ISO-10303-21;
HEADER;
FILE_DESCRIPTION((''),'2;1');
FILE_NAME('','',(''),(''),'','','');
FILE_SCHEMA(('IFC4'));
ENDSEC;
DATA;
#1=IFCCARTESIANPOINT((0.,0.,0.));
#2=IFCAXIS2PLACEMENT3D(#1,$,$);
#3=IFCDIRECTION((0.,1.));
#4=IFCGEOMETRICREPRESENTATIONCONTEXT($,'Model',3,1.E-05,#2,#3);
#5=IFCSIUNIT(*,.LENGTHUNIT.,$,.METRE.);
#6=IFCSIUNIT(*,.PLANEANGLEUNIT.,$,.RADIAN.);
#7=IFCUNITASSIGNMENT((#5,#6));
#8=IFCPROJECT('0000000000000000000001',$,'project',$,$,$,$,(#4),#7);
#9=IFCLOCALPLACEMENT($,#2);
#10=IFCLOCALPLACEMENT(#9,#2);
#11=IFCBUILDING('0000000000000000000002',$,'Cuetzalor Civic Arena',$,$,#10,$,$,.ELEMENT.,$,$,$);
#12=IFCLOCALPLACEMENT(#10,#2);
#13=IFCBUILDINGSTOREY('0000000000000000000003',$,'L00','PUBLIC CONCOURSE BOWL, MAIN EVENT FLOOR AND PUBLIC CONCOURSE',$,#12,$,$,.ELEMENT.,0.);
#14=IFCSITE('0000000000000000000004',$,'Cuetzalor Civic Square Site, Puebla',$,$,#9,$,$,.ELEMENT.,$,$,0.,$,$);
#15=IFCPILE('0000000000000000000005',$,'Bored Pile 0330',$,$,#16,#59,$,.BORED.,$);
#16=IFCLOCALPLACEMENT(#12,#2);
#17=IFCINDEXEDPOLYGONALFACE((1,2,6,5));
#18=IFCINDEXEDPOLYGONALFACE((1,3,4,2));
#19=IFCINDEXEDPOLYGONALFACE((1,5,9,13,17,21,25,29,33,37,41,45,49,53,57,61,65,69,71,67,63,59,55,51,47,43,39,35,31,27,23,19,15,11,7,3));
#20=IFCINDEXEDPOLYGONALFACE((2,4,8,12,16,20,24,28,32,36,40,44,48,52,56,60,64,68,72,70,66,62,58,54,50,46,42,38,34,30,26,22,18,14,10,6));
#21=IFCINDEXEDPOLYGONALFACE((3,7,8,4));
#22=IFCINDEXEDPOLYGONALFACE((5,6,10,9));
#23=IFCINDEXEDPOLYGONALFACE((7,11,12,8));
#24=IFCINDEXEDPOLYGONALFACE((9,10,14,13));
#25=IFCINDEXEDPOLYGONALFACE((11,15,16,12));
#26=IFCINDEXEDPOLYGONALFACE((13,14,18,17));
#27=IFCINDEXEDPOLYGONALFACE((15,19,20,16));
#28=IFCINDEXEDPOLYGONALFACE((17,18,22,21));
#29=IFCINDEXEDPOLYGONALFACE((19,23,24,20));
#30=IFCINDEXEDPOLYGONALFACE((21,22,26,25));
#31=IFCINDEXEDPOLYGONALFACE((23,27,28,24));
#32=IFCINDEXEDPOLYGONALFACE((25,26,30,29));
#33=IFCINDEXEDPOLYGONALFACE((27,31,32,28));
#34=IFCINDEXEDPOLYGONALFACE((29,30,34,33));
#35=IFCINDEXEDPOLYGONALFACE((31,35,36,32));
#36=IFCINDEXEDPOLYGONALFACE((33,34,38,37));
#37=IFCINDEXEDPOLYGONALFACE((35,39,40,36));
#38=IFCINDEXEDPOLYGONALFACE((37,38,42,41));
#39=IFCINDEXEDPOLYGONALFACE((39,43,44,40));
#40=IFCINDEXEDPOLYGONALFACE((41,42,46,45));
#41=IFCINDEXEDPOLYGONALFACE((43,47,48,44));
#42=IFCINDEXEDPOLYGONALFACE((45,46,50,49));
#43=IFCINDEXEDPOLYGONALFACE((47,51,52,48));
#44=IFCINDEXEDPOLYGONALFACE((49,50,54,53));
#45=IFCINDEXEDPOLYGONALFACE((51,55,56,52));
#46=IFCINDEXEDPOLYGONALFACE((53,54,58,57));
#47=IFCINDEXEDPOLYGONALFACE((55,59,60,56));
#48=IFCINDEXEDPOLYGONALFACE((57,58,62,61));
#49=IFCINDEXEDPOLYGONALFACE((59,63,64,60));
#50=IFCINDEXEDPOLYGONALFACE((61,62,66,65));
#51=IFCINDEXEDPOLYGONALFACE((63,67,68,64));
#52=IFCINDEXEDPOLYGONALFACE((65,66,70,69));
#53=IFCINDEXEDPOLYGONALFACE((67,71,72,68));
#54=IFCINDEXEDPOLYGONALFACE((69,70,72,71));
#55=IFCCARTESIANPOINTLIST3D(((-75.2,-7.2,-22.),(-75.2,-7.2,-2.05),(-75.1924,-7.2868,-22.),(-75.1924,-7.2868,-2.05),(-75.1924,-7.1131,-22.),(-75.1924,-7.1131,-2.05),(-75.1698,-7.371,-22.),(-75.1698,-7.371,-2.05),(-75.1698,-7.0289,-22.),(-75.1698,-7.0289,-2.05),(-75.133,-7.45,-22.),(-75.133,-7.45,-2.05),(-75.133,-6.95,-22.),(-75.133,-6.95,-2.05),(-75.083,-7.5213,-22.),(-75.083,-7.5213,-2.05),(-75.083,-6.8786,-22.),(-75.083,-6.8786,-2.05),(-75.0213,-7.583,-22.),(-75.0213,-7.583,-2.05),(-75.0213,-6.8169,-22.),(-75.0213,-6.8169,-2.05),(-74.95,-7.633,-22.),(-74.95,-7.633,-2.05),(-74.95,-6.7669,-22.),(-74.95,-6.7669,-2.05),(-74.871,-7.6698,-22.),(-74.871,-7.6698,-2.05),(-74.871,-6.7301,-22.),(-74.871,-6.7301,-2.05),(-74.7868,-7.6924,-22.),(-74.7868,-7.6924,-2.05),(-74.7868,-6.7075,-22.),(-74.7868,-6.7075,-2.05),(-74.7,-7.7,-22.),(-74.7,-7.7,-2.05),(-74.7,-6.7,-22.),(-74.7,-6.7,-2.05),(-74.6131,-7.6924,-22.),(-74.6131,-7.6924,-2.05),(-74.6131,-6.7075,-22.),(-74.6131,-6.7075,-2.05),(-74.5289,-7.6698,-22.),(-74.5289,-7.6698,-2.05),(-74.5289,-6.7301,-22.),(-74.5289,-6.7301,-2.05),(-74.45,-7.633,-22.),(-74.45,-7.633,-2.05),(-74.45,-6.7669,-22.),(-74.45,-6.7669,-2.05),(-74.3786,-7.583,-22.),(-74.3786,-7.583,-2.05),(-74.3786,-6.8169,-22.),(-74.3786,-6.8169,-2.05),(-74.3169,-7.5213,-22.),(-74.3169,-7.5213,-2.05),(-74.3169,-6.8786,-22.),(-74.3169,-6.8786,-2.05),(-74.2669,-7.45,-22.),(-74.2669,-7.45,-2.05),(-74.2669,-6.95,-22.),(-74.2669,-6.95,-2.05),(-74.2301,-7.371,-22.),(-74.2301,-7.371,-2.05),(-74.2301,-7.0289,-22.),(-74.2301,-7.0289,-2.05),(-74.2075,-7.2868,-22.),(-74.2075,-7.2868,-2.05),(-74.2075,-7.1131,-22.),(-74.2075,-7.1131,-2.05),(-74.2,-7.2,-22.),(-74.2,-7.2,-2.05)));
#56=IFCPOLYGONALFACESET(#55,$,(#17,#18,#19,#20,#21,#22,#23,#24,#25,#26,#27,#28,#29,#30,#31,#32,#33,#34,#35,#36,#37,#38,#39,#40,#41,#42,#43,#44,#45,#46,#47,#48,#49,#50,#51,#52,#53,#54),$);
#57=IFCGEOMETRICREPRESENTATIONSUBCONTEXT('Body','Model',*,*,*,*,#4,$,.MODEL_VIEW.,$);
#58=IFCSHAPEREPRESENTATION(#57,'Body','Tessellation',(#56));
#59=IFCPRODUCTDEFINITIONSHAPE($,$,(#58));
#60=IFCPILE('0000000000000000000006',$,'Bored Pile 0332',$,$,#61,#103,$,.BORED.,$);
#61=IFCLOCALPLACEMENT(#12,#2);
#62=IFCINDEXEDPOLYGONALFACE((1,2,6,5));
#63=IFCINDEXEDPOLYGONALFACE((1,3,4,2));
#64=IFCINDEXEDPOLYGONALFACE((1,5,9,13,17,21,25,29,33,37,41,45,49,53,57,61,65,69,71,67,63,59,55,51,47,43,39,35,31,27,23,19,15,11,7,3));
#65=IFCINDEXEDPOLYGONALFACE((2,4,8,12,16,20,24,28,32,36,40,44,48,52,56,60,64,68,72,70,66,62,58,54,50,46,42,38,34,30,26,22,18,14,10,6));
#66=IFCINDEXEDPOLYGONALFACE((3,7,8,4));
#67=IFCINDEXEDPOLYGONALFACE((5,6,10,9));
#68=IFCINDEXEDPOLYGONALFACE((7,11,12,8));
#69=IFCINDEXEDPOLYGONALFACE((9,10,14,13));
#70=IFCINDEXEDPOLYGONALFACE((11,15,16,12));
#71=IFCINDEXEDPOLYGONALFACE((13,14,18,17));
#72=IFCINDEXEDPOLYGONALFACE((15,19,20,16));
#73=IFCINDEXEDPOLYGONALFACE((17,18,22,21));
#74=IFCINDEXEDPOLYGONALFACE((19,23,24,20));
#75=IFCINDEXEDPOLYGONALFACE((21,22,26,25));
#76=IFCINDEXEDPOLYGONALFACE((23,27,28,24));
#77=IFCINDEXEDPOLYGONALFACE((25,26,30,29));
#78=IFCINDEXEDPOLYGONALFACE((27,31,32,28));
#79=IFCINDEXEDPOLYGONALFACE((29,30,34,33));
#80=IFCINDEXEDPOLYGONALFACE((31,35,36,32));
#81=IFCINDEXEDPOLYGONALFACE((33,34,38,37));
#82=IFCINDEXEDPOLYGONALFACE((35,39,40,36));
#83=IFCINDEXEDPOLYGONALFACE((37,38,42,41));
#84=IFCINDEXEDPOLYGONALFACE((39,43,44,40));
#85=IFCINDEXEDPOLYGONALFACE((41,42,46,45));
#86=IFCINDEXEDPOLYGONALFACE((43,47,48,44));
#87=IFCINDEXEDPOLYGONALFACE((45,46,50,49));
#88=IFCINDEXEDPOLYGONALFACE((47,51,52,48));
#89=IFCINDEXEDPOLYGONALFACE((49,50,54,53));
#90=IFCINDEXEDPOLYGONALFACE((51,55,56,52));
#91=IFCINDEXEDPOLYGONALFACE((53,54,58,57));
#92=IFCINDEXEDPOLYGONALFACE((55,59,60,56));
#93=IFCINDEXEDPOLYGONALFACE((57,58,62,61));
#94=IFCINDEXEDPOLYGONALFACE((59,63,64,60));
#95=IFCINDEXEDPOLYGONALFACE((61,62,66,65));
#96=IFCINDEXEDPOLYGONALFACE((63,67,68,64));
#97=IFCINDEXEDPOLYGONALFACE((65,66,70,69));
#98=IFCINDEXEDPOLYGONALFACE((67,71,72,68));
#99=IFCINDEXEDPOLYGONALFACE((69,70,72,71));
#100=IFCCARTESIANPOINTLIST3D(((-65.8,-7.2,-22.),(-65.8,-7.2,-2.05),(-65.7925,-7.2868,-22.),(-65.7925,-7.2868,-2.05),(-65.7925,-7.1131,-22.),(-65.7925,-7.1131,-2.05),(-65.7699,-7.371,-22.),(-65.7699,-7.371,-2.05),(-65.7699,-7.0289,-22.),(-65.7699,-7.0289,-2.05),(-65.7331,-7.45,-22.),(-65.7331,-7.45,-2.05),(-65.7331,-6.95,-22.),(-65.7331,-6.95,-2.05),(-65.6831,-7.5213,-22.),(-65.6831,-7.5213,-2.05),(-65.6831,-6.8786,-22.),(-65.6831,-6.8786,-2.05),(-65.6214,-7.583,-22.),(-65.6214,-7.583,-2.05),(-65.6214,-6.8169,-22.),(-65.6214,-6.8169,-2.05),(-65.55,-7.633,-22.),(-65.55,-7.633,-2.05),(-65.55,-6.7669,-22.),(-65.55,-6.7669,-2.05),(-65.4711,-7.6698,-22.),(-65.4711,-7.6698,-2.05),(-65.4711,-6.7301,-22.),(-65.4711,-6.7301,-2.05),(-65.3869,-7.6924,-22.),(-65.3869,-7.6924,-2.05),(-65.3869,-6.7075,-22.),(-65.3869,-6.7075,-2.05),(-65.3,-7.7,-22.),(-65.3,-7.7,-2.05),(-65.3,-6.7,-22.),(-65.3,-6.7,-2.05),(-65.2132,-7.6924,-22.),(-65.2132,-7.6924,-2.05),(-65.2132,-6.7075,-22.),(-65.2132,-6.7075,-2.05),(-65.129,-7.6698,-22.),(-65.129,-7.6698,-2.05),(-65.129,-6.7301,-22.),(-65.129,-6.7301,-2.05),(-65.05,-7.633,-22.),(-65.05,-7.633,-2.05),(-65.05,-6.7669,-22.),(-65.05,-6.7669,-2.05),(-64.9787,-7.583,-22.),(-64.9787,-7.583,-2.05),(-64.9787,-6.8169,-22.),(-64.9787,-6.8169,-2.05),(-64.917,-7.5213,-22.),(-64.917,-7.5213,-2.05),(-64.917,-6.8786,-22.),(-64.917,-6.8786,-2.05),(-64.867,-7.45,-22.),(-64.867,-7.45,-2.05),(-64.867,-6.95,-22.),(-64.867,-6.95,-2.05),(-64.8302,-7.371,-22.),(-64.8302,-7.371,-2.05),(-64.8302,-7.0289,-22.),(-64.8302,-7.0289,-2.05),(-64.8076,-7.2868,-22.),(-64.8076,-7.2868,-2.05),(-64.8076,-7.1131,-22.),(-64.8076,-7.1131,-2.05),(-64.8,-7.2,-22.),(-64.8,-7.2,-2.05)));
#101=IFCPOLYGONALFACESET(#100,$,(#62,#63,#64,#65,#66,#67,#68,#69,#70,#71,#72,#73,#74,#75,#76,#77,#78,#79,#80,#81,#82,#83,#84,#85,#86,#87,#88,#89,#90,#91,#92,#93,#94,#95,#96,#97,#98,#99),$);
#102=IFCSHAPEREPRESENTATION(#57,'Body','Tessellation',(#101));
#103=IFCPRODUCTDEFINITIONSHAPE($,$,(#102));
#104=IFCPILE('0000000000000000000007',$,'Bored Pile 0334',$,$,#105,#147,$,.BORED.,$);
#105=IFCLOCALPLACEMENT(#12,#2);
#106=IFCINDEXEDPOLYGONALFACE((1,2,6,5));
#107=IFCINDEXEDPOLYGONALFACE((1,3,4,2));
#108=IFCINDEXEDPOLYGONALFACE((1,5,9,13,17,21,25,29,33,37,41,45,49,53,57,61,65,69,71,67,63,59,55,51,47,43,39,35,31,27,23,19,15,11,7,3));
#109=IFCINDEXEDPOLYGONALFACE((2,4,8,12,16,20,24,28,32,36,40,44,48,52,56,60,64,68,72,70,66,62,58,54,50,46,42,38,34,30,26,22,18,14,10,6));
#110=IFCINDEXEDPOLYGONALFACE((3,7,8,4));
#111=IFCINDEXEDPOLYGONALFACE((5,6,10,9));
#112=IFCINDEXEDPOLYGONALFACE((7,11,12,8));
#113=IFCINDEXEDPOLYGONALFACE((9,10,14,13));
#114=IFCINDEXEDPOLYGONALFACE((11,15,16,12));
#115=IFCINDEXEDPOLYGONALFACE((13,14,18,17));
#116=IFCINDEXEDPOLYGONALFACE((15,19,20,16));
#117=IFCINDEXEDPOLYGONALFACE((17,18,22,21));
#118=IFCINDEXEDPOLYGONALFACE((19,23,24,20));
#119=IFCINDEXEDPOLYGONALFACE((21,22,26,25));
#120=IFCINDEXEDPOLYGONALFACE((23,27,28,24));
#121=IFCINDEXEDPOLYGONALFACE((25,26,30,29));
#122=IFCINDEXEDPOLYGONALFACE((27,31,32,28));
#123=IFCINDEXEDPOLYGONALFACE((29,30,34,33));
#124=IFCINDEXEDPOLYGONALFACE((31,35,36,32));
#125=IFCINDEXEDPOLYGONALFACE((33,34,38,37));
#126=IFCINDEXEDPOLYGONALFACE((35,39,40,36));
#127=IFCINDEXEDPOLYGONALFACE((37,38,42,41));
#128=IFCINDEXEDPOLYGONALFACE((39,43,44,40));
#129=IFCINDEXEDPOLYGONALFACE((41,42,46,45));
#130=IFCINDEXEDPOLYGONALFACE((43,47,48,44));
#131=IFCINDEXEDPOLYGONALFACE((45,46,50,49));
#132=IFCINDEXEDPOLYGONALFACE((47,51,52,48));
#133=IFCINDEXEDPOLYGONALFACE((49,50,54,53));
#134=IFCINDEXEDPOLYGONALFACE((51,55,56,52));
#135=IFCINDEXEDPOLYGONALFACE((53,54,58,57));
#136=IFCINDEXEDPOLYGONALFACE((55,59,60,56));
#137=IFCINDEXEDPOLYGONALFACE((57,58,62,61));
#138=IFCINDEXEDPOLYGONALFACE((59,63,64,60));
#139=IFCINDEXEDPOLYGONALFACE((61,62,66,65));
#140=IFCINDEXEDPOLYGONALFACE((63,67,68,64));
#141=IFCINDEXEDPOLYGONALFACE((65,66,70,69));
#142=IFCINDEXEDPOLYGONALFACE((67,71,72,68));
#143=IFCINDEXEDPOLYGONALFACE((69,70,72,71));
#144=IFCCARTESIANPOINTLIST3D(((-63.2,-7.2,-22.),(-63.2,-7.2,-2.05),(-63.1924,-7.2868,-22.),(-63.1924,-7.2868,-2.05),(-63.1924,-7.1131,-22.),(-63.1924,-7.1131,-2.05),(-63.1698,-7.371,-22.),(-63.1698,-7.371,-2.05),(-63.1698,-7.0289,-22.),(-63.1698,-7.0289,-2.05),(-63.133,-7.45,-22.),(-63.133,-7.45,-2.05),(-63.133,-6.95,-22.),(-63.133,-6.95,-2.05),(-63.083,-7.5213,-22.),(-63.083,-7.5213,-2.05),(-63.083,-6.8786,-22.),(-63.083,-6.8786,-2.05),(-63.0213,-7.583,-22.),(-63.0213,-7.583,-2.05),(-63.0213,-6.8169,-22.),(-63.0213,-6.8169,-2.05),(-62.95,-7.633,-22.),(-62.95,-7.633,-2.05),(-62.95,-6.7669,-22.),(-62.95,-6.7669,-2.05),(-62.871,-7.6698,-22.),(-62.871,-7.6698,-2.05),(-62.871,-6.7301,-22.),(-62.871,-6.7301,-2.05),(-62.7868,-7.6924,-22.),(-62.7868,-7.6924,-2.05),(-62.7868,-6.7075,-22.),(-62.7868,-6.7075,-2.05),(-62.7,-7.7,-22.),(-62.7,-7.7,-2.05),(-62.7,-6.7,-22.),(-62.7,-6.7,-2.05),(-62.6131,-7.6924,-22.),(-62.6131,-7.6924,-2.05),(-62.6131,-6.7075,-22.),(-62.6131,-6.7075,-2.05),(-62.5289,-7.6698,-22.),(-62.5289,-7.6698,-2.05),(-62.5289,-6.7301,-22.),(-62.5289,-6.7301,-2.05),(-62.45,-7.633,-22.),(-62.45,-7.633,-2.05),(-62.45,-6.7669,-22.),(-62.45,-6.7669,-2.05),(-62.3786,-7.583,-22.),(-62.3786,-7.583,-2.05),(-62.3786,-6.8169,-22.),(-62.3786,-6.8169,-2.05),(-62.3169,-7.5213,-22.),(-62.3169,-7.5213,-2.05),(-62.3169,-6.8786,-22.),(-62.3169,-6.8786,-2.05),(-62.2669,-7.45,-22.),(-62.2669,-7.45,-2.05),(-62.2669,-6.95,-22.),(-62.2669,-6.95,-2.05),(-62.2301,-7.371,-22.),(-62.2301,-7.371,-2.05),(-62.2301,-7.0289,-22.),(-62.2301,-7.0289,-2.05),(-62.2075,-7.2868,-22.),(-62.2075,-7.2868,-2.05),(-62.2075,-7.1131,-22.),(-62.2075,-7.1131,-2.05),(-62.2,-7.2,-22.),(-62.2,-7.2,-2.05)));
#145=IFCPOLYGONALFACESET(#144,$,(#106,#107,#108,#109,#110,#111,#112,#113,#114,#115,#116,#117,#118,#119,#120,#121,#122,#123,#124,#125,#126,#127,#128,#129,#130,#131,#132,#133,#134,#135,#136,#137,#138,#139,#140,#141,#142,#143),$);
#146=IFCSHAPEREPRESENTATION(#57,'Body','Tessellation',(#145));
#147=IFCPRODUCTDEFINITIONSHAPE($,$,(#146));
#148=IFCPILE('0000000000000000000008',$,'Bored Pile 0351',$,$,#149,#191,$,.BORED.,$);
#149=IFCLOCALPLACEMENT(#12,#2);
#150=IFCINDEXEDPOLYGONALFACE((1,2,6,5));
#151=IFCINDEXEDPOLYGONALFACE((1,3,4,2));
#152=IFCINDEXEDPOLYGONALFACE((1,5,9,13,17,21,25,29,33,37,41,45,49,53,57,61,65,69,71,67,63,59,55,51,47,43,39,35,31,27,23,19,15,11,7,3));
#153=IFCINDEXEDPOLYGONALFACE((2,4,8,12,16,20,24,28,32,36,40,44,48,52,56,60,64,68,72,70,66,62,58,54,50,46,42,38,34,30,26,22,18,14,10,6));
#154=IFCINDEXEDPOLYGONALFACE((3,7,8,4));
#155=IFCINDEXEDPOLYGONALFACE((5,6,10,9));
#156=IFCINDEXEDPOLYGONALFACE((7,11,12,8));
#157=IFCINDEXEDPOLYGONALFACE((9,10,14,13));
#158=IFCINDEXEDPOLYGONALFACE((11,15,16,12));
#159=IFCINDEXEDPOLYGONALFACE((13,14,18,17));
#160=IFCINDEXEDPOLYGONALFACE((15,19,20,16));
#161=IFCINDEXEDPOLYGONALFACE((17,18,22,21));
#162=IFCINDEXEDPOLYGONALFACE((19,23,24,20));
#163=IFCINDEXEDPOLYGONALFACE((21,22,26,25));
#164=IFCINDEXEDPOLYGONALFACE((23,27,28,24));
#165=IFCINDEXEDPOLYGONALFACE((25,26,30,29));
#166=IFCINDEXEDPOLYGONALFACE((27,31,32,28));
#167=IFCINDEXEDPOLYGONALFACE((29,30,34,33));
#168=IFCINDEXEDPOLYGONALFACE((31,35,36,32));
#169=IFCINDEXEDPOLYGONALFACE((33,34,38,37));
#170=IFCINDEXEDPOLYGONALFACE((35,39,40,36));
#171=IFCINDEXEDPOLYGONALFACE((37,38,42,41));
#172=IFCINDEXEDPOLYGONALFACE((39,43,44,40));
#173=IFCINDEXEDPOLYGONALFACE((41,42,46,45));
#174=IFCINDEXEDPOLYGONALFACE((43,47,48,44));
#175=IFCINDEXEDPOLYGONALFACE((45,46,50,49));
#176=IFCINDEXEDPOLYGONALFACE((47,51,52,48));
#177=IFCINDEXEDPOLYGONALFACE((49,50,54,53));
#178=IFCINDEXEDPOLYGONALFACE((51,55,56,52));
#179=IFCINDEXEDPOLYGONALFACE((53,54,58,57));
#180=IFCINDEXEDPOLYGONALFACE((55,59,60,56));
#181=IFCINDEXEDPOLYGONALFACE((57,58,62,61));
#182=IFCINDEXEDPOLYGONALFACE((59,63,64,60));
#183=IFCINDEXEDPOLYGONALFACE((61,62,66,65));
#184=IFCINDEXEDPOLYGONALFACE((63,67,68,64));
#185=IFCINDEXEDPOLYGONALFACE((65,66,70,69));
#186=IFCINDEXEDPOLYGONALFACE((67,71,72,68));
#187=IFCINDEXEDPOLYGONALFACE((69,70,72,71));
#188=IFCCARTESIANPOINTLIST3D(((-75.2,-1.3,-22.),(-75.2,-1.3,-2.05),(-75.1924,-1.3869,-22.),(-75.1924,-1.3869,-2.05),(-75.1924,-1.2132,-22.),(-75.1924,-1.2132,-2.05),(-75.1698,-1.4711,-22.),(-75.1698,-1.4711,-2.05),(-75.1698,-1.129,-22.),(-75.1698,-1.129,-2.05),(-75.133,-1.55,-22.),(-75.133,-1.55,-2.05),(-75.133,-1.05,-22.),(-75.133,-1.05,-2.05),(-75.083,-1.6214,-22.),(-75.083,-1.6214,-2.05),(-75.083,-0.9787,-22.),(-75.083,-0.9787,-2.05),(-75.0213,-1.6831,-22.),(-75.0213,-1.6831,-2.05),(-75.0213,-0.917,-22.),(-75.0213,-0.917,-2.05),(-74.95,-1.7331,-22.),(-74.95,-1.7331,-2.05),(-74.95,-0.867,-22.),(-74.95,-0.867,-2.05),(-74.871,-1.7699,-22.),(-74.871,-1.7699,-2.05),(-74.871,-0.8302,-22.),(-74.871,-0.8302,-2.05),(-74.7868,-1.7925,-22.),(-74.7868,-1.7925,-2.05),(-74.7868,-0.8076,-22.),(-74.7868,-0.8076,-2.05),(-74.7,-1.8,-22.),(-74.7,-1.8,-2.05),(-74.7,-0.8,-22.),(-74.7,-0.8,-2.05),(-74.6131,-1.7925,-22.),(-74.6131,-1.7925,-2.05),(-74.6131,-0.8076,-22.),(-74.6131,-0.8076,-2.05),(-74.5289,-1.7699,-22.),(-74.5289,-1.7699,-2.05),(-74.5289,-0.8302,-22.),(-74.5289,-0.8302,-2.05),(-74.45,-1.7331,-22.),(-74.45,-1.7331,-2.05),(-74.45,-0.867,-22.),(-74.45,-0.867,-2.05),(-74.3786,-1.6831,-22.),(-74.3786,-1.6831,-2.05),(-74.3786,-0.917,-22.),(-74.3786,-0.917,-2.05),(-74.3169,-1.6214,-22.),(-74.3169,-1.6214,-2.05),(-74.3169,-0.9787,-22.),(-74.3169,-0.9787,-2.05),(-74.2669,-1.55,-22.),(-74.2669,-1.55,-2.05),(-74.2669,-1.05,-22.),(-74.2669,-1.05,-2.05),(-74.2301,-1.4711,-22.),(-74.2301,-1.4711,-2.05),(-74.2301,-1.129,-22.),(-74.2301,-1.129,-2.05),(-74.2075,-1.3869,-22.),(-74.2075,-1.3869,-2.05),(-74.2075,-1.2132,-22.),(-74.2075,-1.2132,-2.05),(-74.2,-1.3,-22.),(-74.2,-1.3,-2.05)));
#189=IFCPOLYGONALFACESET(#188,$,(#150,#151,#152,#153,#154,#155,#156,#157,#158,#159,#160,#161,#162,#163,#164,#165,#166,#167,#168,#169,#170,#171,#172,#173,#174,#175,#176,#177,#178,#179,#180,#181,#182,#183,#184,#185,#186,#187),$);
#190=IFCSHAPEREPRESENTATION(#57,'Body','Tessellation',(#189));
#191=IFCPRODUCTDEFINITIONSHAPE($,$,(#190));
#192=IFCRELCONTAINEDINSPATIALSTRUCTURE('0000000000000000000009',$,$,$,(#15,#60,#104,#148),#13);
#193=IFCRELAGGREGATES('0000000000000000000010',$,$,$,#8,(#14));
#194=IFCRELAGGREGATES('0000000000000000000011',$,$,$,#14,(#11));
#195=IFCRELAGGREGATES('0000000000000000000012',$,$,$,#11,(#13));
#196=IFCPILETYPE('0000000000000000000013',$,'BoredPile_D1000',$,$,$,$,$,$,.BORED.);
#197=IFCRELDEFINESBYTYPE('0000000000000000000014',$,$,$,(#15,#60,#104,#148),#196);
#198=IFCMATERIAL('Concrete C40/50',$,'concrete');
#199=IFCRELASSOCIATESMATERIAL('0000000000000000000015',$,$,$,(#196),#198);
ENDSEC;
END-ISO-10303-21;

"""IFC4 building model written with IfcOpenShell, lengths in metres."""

from ifc_helpers import new_model, si_unit, direction, frame, origin, origin_2d, place, context, subcontext, project, spatial, circle, extrude, material, material_profile, profile_set, type_object, element, save


model = new_model("IFC4")

# Units and contexts
model_context = context("Model", 3, precision=1e-05, world=origin(), true_north=direction((0.0, 1.0)))
body_context = subcontext(model_context, "Body", "Model", "MODEL_VIEW")
ifc_project = project(units=[si_unit("LENGTHUNIT", "METRE"), si_unit("PLANEANGLEUNIT", "RADIAN")], contexts=[model_context])

# Site, building, storey
site_placement = place(None, origin())
site = spatial("IfcSite", under=ifc_project, at=site_placement, Name="Cuetzalor Civic Square Site, Puebla", CompositionType="ELEMENT", RefElevation=0.0)
building_placement = place(site_placement, origin())
building = spatial("IfcBuilding", under=site, at=building_placement, Name="Cuetzalor Civic Arena", CompositionType="ELEMENT")
storey_placement = place(building_placement, origin())
storey = spatial("IfcBuildingStorey", under=building, at=storey_placement, Name="L00", Description="PUBLIC CONCOURSE BOWL, MAIN EVENT FLOOR AND PUBLIC CONCOURSE", CompositionType="ELEMENT", Elevation=0.0)

# Piles
ifc_material_1 = material(Name="Concrete C40/50", Category="concrete")
ifc_material_profile_1 = material_profile(ifc_material_1, circle(Radius=0.5, at=origin_2d()), Name="BORED PILE D1000")
ifc_profile_set_1 = profile_set([ifc_material_profile_1], Name="Concrete C40/50")
pile_type = type_object("IfcPileType", Name="BoredPile_D1000", PredefinedType="BORED", material=ifc_profile_set_1)
for number, where, z_axis, x_axis, name in (
    (1, (-74.7, -7.2, -2.05), (0.0, 0.0, -1.0), (1.0, 0.0, 0.0), "Bored Pile 0330"),
    (2, (-65.3, -7.2, -2.05), (0.0, 0.0, -1.0), (1.0, 0.0, 0.0), "Bored Pile 0332"),
    (3, (-62.7, -7.2, -2.05), (0.0, 0.0, -1.0), (1.0, 0.0, 0.0), "Bored Pile 0334"),
    (4, (-74.7, -1.3, -2.05), (0.0, 0.0, -1.0), (1.0, 0.0, 0.0), "Bored Pile 0351"),
):
    element("IfcPile", number, at=place(storey_placement, frame(where, z_axis=z_axis, x_axis=x_axis)), inside=storey, type_object=pile_type, Name=name, PredefinedType="BORED", context=body_context, shape_type="SweptSolid", body=[
        extrude(circle(Radius=0.5, at=origin_2d()), origin(), (0.0, 0.0, 1.0), 19.95),
    ])

save(model, "model.ifc")
